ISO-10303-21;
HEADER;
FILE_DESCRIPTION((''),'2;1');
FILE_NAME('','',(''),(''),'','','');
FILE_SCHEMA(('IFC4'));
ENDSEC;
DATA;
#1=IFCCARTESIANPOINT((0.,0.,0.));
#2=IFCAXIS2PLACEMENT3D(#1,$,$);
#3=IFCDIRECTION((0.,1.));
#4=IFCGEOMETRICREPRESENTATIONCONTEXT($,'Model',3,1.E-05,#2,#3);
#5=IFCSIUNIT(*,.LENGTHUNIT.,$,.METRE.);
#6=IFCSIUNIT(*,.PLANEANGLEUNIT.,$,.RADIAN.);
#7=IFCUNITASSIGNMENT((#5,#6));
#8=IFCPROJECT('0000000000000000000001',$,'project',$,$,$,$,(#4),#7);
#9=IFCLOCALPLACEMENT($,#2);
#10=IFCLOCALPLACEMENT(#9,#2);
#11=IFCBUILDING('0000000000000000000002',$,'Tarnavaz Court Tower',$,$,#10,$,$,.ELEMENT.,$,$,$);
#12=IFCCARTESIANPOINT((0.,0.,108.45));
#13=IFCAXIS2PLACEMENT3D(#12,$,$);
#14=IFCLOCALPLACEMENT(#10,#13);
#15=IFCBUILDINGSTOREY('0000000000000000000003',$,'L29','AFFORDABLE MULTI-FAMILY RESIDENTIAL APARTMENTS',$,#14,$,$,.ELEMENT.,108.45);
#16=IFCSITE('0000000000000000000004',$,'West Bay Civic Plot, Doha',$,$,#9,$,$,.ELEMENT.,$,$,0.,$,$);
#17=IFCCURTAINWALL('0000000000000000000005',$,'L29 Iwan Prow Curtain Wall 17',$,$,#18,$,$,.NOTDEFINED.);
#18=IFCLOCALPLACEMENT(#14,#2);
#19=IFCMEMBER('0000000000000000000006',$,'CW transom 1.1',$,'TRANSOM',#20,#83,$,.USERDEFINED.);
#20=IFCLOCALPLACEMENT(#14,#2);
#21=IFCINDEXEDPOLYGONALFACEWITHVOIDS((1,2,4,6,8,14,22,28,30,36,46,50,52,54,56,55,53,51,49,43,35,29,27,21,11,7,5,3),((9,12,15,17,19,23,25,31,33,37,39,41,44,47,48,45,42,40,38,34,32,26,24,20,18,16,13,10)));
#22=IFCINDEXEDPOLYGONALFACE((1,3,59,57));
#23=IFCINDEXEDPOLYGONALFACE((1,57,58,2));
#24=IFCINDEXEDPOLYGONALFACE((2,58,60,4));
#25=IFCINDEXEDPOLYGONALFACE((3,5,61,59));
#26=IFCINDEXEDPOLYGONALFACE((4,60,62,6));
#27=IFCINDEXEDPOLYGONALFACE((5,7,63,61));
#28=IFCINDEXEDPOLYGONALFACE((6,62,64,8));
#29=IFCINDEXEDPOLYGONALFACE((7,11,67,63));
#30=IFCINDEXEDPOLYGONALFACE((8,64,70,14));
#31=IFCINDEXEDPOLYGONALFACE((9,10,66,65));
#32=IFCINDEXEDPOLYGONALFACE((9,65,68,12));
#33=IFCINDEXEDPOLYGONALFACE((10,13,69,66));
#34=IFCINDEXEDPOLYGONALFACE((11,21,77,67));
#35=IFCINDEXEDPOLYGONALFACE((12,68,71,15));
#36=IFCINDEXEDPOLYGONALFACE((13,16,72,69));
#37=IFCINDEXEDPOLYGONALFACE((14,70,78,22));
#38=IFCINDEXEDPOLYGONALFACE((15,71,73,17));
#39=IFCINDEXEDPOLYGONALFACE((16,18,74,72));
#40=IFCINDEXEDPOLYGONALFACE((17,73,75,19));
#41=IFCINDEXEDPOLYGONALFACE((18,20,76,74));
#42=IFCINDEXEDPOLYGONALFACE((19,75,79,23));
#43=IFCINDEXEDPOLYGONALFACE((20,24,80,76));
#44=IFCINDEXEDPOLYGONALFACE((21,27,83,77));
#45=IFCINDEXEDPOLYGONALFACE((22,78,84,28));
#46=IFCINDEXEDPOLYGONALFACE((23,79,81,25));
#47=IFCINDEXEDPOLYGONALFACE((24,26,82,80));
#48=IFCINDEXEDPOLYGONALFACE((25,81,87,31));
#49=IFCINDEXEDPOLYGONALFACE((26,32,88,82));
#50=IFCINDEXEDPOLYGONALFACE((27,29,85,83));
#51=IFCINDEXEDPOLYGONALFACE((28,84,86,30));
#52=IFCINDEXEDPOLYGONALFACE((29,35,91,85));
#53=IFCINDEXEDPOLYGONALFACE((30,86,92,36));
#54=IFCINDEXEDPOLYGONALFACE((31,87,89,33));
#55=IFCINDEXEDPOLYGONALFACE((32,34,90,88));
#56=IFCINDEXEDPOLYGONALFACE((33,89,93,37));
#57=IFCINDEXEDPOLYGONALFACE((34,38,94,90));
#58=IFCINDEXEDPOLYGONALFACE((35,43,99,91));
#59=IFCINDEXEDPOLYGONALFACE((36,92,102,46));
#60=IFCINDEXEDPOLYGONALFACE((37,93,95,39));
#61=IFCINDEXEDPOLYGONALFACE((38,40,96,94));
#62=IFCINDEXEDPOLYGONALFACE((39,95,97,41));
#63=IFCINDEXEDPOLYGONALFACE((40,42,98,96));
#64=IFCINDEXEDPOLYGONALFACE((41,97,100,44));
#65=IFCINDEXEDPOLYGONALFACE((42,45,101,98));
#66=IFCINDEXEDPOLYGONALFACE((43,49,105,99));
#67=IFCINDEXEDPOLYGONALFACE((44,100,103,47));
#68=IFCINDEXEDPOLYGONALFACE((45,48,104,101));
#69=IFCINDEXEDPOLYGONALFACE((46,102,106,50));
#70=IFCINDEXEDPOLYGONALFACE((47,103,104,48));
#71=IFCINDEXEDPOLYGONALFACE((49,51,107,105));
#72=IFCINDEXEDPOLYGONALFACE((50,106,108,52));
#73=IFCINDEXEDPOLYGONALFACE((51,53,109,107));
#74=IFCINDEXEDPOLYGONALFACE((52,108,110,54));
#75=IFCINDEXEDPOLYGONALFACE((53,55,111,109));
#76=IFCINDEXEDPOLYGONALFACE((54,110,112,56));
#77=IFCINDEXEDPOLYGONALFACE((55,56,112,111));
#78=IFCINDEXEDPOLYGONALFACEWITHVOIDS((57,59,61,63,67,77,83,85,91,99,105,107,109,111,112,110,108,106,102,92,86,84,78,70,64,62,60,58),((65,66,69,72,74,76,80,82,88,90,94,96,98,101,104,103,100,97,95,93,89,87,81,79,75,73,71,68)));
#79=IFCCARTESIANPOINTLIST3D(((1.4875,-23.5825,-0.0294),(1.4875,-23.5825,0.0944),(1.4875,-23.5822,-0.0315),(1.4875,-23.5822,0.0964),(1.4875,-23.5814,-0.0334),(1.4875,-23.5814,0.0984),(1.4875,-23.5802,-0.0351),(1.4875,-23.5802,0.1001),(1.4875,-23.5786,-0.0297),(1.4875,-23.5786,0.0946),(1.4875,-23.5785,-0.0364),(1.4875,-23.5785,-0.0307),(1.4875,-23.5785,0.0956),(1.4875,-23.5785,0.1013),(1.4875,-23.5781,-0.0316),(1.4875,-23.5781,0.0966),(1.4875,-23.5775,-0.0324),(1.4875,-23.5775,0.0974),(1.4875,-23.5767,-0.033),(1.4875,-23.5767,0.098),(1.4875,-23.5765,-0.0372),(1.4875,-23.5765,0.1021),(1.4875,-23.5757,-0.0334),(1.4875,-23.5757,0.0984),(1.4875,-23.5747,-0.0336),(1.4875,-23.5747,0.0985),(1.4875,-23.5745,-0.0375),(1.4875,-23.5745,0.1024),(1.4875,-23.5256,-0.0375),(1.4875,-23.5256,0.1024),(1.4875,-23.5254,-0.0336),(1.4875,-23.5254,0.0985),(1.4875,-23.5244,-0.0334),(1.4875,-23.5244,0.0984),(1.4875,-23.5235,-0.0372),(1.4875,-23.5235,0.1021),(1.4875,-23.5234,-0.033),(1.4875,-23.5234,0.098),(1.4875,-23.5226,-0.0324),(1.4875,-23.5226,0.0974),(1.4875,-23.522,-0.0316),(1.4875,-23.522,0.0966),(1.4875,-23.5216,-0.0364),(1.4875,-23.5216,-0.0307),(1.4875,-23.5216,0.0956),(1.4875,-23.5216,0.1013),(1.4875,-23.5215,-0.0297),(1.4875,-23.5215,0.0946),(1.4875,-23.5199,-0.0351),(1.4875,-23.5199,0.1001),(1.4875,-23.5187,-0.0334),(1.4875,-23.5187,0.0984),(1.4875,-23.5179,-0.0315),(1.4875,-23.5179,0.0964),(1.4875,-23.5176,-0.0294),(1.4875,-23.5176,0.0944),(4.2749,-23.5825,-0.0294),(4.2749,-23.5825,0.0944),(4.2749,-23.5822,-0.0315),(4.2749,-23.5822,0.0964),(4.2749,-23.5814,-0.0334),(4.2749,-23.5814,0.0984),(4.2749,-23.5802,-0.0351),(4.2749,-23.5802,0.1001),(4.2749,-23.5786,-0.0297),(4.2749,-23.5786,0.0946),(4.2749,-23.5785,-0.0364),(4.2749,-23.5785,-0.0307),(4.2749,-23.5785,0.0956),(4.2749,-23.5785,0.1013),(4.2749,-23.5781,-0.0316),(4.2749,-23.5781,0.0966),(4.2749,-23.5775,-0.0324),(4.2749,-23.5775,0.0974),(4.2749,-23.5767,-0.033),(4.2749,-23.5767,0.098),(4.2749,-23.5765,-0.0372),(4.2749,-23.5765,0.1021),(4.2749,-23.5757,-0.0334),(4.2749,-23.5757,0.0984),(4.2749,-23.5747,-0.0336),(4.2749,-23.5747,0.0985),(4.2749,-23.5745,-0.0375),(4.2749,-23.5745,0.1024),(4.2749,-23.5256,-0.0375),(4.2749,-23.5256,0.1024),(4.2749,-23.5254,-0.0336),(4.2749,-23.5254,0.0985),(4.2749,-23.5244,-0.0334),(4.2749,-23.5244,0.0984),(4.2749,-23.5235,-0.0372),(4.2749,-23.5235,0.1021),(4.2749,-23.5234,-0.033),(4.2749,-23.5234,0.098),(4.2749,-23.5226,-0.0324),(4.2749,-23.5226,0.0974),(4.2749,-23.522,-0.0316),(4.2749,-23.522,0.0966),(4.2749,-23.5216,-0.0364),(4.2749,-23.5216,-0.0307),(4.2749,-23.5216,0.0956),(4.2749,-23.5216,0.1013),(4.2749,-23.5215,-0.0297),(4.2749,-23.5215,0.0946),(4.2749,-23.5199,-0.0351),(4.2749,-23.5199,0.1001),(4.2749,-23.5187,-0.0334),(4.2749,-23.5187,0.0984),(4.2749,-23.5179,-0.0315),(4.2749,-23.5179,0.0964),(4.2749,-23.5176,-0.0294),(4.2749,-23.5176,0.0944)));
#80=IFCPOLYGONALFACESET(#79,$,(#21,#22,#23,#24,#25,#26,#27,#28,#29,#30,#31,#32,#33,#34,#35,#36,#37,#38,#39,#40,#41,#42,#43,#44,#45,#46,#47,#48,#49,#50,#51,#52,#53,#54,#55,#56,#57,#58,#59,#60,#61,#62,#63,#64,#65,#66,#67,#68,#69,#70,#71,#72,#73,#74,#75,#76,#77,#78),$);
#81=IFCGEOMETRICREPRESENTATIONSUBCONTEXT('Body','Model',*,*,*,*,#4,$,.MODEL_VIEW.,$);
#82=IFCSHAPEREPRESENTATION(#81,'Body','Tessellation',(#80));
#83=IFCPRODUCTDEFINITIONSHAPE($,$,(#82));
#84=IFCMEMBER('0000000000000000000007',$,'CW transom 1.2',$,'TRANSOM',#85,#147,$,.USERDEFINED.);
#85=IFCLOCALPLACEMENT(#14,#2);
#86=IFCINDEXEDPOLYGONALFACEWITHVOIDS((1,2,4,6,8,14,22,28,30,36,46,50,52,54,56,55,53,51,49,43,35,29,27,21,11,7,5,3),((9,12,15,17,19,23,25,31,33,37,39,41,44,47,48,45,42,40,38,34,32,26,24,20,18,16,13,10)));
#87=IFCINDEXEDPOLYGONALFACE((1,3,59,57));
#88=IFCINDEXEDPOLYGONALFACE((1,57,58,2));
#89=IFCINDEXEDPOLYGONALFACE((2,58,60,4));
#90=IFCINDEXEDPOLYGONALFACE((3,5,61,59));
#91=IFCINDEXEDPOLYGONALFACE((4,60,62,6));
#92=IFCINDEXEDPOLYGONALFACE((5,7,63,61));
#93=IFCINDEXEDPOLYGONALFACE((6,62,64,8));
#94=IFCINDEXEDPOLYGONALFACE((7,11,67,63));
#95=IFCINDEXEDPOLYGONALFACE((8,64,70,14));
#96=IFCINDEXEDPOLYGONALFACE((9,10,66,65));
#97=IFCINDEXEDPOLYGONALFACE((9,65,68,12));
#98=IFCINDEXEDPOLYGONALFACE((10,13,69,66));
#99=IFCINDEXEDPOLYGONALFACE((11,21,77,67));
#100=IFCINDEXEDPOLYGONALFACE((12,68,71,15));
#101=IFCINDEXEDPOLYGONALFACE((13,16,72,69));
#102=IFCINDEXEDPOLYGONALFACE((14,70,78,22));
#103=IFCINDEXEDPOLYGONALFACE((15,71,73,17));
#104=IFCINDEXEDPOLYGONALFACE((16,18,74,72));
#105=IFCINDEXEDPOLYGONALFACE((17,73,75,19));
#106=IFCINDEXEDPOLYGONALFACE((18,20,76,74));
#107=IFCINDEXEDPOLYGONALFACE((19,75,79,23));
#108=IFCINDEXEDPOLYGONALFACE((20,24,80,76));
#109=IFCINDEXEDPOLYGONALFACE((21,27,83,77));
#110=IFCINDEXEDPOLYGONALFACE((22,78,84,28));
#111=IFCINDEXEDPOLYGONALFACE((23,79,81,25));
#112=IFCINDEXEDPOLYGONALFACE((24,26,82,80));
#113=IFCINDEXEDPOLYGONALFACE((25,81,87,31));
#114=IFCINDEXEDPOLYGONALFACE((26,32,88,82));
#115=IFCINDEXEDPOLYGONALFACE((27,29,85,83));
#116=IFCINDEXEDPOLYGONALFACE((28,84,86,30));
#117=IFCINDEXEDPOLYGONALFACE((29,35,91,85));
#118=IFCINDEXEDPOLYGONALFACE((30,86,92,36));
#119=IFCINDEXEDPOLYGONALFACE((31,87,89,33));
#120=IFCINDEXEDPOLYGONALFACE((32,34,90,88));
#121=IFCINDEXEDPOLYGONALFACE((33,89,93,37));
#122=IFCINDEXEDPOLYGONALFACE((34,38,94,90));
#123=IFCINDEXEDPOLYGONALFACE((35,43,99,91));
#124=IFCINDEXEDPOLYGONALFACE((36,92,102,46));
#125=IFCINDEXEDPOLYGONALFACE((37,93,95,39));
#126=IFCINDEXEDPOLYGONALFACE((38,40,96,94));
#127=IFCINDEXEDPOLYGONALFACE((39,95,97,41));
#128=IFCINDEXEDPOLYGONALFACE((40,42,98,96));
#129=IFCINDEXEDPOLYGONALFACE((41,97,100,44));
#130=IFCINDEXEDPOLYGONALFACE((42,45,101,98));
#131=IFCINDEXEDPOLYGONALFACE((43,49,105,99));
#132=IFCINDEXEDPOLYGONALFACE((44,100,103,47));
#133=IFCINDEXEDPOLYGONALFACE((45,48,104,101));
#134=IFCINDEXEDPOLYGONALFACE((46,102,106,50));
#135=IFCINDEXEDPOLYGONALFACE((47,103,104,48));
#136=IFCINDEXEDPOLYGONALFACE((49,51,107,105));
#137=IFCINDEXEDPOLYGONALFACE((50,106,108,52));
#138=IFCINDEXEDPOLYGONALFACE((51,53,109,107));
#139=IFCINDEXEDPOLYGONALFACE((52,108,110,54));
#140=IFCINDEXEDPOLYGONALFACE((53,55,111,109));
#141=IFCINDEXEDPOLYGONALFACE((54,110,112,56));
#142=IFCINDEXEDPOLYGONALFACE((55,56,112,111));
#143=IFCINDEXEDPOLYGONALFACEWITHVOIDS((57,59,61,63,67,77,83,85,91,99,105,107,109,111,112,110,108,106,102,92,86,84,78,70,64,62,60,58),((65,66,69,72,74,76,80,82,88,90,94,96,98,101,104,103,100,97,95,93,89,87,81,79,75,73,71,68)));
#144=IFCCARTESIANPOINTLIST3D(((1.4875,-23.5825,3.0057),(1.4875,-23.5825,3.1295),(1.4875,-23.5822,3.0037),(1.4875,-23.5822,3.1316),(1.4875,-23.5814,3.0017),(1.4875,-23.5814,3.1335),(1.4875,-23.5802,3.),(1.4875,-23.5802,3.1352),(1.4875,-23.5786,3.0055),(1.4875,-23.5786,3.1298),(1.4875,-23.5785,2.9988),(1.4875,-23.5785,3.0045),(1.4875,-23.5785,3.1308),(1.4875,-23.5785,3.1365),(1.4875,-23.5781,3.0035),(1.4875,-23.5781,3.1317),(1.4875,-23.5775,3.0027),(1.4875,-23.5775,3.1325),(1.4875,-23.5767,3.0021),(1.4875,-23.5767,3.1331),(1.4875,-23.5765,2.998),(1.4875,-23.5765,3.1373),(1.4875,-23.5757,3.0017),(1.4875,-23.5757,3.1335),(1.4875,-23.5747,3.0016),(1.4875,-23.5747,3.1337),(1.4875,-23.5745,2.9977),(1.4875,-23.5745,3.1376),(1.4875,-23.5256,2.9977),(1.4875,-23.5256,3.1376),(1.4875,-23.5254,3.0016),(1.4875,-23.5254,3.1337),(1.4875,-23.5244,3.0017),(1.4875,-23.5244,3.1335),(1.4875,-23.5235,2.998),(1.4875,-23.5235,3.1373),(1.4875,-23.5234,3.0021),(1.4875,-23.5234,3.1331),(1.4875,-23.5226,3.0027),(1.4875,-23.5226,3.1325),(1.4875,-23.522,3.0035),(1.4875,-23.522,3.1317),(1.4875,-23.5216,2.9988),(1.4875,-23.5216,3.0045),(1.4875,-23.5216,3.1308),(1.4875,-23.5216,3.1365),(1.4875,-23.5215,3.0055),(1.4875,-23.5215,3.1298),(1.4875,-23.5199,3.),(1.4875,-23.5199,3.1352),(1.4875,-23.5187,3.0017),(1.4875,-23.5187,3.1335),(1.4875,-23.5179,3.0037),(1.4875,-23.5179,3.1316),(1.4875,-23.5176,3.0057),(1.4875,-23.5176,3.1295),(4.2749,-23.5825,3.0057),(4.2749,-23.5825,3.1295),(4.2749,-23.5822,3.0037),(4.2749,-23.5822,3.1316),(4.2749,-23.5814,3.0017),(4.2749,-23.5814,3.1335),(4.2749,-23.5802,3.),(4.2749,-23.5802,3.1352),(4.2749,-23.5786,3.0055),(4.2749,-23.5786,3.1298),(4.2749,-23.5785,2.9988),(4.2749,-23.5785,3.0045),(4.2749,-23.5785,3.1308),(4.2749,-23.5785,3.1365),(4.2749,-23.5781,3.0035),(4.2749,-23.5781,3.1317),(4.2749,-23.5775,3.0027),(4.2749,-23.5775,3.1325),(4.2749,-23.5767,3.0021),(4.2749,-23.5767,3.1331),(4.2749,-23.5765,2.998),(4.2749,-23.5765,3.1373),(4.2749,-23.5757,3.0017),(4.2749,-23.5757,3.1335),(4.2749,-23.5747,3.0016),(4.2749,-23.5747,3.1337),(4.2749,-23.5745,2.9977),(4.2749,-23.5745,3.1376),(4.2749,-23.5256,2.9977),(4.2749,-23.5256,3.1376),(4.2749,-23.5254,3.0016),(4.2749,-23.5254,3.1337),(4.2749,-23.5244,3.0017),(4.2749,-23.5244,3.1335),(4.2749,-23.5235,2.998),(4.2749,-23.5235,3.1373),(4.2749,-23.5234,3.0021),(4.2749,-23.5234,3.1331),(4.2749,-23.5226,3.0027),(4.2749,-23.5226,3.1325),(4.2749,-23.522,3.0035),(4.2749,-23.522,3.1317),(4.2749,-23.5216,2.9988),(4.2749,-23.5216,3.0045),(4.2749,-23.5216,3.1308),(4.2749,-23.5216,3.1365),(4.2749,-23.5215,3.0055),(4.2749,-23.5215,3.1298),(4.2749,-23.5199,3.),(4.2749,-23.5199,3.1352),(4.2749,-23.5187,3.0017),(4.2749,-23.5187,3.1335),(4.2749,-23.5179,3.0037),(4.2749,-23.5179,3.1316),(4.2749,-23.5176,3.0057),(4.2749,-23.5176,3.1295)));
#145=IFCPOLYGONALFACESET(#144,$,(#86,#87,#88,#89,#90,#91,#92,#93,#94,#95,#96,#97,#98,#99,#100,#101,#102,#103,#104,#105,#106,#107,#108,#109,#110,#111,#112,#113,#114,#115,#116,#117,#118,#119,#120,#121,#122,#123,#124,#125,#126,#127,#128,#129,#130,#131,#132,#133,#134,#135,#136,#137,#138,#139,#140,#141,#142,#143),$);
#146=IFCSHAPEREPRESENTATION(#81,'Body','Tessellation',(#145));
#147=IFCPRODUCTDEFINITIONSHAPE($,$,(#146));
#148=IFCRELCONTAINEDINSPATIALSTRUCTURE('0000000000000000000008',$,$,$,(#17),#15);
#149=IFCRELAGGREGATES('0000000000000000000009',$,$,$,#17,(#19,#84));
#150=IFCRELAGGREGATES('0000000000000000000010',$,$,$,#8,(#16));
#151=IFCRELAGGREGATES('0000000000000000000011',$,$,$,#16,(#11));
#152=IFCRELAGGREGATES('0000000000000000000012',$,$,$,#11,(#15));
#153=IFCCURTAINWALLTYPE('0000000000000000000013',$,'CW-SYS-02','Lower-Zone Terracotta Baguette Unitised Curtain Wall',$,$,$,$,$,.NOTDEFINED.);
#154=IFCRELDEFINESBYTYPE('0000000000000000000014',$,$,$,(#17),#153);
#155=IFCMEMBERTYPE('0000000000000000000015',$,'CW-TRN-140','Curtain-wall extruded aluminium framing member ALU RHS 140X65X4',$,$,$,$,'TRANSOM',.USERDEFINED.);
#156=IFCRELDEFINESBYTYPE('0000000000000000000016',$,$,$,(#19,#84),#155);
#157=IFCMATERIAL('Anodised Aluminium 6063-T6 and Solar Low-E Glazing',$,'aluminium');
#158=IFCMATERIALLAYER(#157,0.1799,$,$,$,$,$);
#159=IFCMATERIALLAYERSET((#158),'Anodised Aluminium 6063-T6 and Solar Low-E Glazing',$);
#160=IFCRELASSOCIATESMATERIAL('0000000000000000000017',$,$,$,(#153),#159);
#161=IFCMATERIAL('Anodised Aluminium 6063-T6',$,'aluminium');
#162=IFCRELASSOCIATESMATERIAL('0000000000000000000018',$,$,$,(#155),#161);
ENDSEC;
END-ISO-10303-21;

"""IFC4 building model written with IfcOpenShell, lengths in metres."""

from ifc_helpers import new_model, si_unit, direction, frame, origin, origin_2d, place, context, subcontext, project, spatial, hollow_rectangle, extrude, material, layer, layer_set, material_profile, profile_set, type_object, element, aggregate, save


model = new_model("IFC4")

# Units and contexts
model_context = context("Model", 3, precision=1e-05, world=origin(), true_north=direction((0.0, 1.0)))
body_context = subcontext(model_context, "Body", "Model", "MODEL_VIEW")
ifc_project = project(units=[si_unit("LENGTHUNIT", "METRE"), si_unit("PLANEANGLEUNIT", "RADIAN")], contexts=[model_context])

# Site, building, storey
site_placement = place(None, origin())
site = spatial("IfcSite", under=ifc_project, at=site_placement, Name="West Bay Civic Plot, Doha", CompositionType="ELEMENT", RefElevation=0.0)
building_placement = place(site_placement, origin())
building = spatial("IfcBuilding", under=site, at=building_placement, Name="Tarnavaz Court Tower", CompositionType="ELEMENT")
storey_placement = place(building_placement, frame((0.0, 0.0, 108.45)))
storey = spatial("IfcBuildingStorey", under=building, at=storey_placement, Name="L29", Description="AFFORDABLE MULTI-FAMILY RESIDENTIAL APARTMENTS", CompositionType="ELEMENT", Elevation=108.45)

# Curtain wall, members
ifc_material_1 = material(Name="Anodised Aluminium 6063-T6 and Solar Low-E Glazing", Category="aluminium")
ifc_layer_1 = layer(ifc_material_1, 0.1799)
ifc_layer_set_1 = layer_set([ifc_layer_1], Name="Anodised Aluminium 6063-T6 and Solar Low-E Glazing")
curtain_wall_type = type_object("IfcCurtainWallType", Name="CW-SYS-02", Description="Lower-Zone Terracotta Baguette Unitised Curtain Wall", PredefinedType="NOTDEFINED", material=ifc_layer_set_1)
curtain_wall_placement = place(storey_placement, origin())
curtain_wall = element("IfcCurtainWall", 1, at=curtain_wall_placement, inside=storey, type_object=curtain_wall_type, Name="L29 Iwan Prow Curtain Wall 17", PredefinedType="NOTDEFINED")
ifc_material_2 = material(Name="Anodised Aluminium 6063-T6", Category="aluminium")
ifc_material_profile_1 = material_profile(ifc_material_2, hollow_rectangle(XDim=0.0649, YDim=0.1399, WallThickness=0.0039, InnerFilletRadius=0.0039, OuterFilletRadius=0.0081, at=origin_2d()), Name="ALU RHS 140X65X4")
ifc_profile_set_1 = profile_set([ifc_material_profile_1], Name="Anodised Aluminium 6063-T6")
member_type_1 = type_object("IfcMemberType", Name="CW-TRN-140", Description="Curtain-wall extruded aluminium framing member ALU RHS 140X65X4", ElementType="TRANSOM", PredefinedType="USERDEFINED", material=ifc_profile_set_1)
member_1_placement = place(storey_placement, frame((4.2749, -23.55, 0.0325), z_axis=(-1.0, 0.0, 0.0), x_axis=(0.0, -1.0, 0.0)))
member_1 = element("IfcMember", 2, at=member_1_placement, type_object=member_type_1, Name="CW transom 1.1", ObjectType="TRANSOM", PredefinedType="USERDEFINED", context=body_context, shape_type="SweptSolid", body=[
    extrude(hollow_rectangle(XDim=0.0649, YDim=0.1399, WallThickness=0.0039, InnerFilletRadius=0.0039, OuterFilletRadius=0.0081, at=origin_2d()), origin(), (0.0, 0.0, 1.0), 2.7874),
])
member_2_placement = place(storey_placement, frame((4.2749, -23.55, 3.0676), z_axis=(-1.0, 0.0, 0.0), x_axis=(0.0, -1.0, 0.0)))
member_2 = element("IfcMember", 3, at=member_2_placement, type_object=member_type_1, Name="CW transom 1.2", ObjectType="TRANSOM", PredefinedType="USERDEFINED", context=body_context, shape_type="SweptSolid", body=[
    extrude(hollow_rectangle(XDim=0.0649, YDim=0.1399, WallThickness=0.0039, InnerFilletRadius=0.0039, OuterFilletRadius=0.0081, at=origin_2d()), origin(), (0.0, 0.0, 1.0), 2.7874),
])
aggregate(curtain_wall, [member_1, member_2])

save(model, "model.ifc")
